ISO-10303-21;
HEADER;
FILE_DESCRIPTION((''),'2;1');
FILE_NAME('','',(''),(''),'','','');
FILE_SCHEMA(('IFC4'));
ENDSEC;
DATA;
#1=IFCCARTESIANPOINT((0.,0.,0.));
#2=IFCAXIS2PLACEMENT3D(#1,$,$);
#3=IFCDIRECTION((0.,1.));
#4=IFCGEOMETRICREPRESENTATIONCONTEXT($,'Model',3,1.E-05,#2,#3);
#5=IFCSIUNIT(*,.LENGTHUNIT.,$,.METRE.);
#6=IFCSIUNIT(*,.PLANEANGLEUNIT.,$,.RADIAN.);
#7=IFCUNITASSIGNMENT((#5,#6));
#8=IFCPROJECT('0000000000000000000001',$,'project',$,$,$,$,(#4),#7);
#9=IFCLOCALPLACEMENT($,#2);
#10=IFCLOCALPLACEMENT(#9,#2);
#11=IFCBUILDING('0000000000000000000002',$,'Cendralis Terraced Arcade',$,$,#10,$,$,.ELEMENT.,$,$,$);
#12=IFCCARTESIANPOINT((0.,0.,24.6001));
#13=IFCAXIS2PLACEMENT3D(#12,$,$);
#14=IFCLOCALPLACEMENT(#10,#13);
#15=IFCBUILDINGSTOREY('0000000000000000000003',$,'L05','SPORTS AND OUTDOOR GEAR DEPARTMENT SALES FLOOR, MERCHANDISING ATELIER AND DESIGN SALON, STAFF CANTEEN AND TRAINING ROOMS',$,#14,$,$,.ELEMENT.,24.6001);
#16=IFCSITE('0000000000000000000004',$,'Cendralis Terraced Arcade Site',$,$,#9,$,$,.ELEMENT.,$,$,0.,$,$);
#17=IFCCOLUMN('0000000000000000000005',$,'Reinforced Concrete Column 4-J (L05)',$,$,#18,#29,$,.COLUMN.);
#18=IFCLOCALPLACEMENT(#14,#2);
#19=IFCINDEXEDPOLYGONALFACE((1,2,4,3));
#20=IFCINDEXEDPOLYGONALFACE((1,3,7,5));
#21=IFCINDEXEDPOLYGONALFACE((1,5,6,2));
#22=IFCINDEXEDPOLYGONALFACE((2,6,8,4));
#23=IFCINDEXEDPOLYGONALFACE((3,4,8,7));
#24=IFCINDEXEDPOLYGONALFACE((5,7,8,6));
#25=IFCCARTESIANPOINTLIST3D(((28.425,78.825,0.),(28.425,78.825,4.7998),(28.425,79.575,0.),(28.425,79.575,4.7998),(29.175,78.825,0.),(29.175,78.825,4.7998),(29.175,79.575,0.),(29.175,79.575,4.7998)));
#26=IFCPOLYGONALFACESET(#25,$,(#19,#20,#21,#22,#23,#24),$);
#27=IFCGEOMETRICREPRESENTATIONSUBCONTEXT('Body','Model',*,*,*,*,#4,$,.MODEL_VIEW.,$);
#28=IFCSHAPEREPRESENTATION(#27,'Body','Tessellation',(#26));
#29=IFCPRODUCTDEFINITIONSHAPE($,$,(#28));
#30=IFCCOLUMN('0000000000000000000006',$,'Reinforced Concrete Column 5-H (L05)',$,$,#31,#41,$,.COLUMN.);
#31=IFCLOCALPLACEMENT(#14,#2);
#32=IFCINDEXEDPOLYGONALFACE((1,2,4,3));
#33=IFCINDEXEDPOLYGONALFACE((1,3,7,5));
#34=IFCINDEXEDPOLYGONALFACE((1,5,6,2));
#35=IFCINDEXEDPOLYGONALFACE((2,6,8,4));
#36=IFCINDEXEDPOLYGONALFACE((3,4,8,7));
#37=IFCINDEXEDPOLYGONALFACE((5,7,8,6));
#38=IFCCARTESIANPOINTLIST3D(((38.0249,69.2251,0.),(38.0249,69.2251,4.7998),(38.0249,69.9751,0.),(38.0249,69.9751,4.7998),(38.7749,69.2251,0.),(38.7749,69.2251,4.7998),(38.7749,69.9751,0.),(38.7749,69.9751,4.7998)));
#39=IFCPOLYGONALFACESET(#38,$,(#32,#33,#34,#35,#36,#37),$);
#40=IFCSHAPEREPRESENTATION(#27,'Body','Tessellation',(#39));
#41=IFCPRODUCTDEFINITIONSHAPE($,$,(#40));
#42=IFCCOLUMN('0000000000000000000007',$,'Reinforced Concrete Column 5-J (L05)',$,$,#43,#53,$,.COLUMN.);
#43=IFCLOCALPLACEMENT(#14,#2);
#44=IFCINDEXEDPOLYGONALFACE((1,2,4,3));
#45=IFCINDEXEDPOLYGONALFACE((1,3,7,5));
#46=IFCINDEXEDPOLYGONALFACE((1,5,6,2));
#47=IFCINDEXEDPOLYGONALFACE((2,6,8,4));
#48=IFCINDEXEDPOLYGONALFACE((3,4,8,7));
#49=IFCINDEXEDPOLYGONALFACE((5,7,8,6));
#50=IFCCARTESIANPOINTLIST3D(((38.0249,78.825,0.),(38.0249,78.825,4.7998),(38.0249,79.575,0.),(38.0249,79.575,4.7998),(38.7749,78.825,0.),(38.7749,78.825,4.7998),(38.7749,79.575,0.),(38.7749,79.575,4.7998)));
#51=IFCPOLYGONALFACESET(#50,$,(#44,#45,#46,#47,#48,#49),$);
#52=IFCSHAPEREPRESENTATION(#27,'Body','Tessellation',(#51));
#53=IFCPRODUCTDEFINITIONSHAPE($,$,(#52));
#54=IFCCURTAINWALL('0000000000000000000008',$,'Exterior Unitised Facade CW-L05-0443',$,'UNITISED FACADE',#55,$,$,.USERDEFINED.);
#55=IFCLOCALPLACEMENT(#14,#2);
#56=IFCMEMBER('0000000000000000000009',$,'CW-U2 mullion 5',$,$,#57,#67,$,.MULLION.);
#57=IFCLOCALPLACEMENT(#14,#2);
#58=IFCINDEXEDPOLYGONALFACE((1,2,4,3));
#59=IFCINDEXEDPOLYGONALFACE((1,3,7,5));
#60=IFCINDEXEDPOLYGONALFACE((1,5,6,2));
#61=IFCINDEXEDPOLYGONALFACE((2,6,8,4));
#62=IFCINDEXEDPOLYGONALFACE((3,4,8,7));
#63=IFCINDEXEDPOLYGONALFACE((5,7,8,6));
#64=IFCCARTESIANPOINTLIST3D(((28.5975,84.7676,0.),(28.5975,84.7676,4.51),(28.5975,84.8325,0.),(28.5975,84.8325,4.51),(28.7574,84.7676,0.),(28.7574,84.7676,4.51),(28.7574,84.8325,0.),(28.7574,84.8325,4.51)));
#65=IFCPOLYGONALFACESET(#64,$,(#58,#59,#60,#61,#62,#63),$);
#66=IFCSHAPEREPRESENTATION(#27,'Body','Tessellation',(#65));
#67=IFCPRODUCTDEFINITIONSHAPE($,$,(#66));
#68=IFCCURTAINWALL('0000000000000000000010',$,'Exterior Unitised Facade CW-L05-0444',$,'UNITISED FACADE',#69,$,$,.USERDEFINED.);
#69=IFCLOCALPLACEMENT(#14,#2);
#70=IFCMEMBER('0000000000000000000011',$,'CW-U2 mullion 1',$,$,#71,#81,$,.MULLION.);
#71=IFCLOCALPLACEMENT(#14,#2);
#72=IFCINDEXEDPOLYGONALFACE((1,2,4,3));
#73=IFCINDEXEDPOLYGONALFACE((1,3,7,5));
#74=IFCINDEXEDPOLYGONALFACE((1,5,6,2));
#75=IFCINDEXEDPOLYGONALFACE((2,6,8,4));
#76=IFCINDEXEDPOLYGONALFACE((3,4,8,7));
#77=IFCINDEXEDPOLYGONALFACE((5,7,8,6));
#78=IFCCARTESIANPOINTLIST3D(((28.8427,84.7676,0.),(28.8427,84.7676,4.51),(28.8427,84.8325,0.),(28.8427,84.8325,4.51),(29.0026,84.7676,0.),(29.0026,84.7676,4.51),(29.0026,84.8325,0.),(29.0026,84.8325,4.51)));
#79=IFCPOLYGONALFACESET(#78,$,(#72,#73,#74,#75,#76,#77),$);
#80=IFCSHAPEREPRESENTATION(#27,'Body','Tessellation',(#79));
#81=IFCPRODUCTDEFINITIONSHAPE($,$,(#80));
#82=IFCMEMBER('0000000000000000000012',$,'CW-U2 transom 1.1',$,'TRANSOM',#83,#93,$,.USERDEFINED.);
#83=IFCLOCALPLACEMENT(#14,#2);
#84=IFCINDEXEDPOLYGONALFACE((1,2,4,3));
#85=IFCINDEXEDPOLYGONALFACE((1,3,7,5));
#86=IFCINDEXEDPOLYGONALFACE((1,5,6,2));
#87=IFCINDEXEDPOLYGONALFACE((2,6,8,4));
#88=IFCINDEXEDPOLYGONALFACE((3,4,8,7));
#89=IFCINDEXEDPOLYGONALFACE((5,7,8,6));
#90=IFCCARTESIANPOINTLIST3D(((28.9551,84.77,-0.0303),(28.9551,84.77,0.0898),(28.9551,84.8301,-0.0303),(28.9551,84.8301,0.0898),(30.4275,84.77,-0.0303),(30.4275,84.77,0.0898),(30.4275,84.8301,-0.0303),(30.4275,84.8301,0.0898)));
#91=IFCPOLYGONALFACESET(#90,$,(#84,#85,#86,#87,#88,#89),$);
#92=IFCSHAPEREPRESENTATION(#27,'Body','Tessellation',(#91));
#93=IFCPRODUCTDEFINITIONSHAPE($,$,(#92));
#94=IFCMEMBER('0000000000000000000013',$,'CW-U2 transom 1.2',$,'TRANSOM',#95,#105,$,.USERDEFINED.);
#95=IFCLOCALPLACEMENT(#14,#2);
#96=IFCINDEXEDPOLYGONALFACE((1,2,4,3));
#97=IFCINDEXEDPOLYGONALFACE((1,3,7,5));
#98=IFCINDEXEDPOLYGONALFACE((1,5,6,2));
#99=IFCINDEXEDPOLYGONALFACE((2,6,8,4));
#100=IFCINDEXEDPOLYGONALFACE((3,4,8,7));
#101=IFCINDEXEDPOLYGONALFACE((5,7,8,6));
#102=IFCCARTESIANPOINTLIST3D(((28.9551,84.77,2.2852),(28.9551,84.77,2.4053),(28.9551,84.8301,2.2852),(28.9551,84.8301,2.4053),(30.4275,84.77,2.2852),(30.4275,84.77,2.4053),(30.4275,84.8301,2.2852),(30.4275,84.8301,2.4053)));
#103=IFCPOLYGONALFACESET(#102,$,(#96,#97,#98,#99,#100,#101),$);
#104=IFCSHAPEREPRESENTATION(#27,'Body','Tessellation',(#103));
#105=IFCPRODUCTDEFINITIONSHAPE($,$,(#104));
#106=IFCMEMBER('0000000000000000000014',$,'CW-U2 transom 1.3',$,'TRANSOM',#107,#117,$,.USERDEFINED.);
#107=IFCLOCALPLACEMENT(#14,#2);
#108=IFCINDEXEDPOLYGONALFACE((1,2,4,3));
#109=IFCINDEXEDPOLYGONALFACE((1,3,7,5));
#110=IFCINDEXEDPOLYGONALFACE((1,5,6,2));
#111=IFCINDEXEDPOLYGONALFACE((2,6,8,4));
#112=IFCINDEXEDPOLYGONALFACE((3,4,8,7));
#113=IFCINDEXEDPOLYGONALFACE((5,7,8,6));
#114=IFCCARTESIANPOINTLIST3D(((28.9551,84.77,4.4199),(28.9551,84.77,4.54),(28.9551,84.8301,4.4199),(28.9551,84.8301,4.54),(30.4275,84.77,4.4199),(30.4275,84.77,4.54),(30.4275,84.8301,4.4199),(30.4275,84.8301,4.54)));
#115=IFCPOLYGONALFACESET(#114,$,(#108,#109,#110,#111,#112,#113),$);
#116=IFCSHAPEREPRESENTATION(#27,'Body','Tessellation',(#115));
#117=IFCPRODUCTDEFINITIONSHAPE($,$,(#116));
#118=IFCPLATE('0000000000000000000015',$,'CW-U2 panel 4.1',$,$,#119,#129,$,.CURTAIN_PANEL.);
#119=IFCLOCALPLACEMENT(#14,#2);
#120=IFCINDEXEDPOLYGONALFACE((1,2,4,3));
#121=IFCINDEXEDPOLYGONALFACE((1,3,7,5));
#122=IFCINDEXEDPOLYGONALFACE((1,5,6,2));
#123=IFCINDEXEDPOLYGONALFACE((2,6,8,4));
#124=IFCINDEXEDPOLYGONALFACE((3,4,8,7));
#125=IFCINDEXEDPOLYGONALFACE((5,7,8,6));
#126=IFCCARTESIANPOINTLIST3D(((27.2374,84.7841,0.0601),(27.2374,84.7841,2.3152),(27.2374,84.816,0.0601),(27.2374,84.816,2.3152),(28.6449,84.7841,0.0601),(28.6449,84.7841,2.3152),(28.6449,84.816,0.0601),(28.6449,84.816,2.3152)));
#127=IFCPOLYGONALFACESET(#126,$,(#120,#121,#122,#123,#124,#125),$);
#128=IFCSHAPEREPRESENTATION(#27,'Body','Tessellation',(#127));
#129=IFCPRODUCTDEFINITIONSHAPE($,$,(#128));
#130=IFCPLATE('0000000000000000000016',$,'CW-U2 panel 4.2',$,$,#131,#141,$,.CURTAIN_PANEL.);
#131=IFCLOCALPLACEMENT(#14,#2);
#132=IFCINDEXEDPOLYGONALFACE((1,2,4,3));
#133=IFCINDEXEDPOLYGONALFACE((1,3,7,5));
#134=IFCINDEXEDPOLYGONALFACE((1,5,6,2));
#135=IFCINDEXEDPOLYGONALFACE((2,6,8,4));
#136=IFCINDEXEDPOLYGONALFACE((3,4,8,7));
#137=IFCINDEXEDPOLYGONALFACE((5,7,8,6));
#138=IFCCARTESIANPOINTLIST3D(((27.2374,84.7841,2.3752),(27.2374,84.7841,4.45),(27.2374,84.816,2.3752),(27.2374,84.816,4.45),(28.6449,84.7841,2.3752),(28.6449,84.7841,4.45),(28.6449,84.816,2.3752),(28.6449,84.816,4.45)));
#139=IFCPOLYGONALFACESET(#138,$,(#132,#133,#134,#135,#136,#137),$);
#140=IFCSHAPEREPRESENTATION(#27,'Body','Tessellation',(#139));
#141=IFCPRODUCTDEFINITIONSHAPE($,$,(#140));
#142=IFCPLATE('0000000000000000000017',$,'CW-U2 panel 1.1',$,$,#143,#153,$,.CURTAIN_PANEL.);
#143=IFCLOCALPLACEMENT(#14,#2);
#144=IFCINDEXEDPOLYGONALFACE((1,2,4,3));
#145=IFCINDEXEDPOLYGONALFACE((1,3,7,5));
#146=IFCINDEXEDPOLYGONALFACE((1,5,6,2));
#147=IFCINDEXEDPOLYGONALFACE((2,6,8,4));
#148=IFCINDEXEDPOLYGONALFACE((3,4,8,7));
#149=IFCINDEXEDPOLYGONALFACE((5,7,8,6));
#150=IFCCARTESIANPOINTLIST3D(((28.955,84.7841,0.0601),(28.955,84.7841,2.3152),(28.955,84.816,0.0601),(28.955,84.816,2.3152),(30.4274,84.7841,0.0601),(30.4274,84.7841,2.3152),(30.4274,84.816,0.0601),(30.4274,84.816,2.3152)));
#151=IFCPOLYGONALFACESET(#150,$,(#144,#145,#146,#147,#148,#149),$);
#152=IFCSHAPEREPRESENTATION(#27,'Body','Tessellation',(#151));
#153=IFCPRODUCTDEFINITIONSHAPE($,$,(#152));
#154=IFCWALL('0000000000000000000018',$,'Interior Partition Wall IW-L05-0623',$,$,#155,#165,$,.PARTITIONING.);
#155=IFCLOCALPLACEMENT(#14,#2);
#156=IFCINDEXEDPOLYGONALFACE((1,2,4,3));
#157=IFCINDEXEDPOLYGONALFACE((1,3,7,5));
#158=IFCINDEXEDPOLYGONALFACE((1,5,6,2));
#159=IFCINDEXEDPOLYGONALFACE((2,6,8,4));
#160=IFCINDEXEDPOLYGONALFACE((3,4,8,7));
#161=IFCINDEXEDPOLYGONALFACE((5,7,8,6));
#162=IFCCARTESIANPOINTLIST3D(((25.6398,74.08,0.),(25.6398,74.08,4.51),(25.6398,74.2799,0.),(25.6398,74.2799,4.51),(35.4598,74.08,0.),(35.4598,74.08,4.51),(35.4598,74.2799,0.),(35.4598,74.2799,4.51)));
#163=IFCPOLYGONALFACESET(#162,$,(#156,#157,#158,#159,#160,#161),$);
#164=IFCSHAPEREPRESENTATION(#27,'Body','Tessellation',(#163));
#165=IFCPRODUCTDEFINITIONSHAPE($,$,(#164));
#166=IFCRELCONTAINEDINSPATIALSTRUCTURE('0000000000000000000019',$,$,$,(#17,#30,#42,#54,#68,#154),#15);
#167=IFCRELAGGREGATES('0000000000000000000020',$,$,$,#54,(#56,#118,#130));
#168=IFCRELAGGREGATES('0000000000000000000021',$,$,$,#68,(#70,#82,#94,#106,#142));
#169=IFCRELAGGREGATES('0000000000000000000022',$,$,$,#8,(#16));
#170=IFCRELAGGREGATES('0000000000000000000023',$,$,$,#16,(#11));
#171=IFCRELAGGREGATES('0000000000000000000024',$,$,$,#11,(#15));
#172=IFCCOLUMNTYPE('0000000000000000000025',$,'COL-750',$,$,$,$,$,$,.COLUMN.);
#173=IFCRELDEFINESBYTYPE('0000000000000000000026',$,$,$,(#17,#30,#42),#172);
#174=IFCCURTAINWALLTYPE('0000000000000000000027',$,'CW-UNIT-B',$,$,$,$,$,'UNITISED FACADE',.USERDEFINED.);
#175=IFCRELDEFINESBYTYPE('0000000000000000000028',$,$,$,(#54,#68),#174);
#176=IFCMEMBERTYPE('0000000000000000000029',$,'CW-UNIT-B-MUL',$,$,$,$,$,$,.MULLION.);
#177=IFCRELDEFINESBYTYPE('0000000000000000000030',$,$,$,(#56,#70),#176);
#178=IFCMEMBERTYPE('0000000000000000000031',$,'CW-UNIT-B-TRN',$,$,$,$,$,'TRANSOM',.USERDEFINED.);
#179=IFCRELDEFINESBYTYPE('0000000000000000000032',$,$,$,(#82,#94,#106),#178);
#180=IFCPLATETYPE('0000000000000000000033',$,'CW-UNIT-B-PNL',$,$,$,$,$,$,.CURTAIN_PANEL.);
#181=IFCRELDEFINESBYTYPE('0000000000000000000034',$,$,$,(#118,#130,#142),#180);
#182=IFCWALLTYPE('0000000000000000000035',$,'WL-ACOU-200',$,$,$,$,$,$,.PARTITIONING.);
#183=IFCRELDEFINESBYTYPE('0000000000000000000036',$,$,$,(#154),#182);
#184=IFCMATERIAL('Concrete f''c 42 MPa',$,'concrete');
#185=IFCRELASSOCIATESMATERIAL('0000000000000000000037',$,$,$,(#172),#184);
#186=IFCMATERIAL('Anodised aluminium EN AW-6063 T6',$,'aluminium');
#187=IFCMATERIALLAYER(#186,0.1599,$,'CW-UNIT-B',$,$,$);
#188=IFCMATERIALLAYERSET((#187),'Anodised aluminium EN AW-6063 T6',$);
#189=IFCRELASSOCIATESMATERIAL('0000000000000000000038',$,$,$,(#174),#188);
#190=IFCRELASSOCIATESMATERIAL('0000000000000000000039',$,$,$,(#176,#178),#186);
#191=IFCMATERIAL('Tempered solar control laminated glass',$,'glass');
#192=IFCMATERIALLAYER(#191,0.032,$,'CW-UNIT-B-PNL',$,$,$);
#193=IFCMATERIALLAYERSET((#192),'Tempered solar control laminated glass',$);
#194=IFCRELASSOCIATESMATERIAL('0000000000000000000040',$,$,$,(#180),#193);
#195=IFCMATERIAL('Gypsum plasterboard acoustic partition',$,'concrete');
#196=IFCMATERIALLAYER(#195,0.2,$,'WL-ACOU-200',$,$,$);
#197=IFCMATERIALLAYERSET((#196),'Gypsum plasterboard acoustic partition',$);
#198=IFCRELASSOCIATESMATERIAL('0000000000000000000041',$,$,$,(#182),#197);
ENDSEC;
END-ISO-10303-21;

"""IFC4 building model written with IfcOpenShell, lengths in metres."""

from ifc_helpers import new_model, si_unit, direction, frame, frame_2d, origin, origin_2d, place, context, subcontext, project, spatial, rectangle, extrude, material, layer, layer_set, material_profile, profile_set, type_object, element, aggregate, save


model = new_model("IFC4")

# Units and contexts
model_context = context("Model", 3, precision=1e-05, world=origin(), true_north=direction((0.0, 1.0)))
body_context = subcontext(model_context, "Body", "Model", "MODEL_VIEW")
ifc_project = project(units=[si_unit("LENGTHUNIT", "METRE"), si_unit("PLANEANGLEUNIT", "RADIAN")], contexts=[model_context])

# Site, building, storey
site_placement = place(None, origin())
site = spatial("IfcSite", under=ifc_project, at=site_placement, Name="Cendralis Terraced Arcade Site", CompositionType="ELEMENT", RefElevation=0.0)
building_placement = place(site_placement, origin())
building = spatial("IfcBuilding", under=site, at=building_placement, Name="Cendralis Terraced Arcade", CompositionType="ELEMENT")
storey_placement = place(building_placement, frame((0.0, 0.0, 24.6001)))
storey = spatial("IfcBuildingStorey", under=building, at=storey_placement, Name="L05", Description="SPORTS AND OUTDOOR GEAR DEPARTMENT SALES FLOOR, MERCHANDISING ATELIER AND DESIGN SALON, STAFF CANTEEN AND TRAINING ROOMS", CompositionType="ELEMENT", Elevation=24.6001)

# Columns
ifc_material_1 = material(Name="Concrete f'c 42 MPa", Category="concrete")
ifc_material_profile_1 = material_profile(ifc_material_1, rectangle(XDim=0.75, YDim=0.75, at=origin_2d()), Name="RC-COL-750x750", Category="LoadBearing")
ifc_profile_set_1 = profile_set([ifc_material_profile_1], Name="Concrete f'c 42 MPa")
column_type = type_object("IfcColumnType", Name="COL-750", PredefinedType="COLUMN", material=ifc_profile_set_1)
for number, where, z_axis, x_axis, name in (
    (1, (28.8, 79.2, 0.0), (0.0, 0.0, 1.0), (1.0, 0.0, 0.0), "Reinforced Concrete Column 4-J (L05)"),
    (2, (38.3999, 69.6001, 0.0), (0.0, 0.0, 1.0), (1.0, 0.0, 0.0), "Reinforced Concrete Column 5-H (L05)"),
    (3, (38.3999, 79.2, 0.0), (0.0, 0.0, 1.0), (1.0, 0.0, 0.0), "Reinforced Concrete Column 5-J (L05)"),
):
    element("IfcColumn", number, at=place(storey_placement, frame(where, z_axis=z_axis, x_axis=x_axis)), inside=storey, type_object=column_type, Name=name, PredefinedType="COLUMN", context=body_context, shape_type="SweptSolid", body=[
        extrude(rectangle(XDim=0.75, YDim=0.75, at=origin_2d()), origin(), (0.0, 0.0, 1.0), 4.7998),
    ])

# Curtain wall, member
ifc_material_2 = material(Name="Anodised aluminium EN AW-6063 T6", Category="aluminium")
ifc_layer_1 = layer(ifc_material_2, 0.1599, Name="CW-UNIT-B")
ifc_layer_set_1 = layer_set([ifc_layer_1], Name="Anodised aluminium EN AW-6063 T6")
curtain_wall_type = type_object("IfcCurtainWallType", Name="CW-UNIT-B", ElementType="UNITISED FACADE", PredefinedType="USERDEFINED", material=ifc_layer_set_1)
curtain_wall_1_placement = place(storey_placement, origin())
curtain_wall_1 = element("IfcCurtainWall", 4, at=curtain_wall_1_placement, inside=storey, type_object=curtain_wall_type, Name="Exterior Unitised Facade CW-L05-0443", ObjectType="UNITISED FACADE", PredefinedType="USERDEFINED")
ifc_material_profile_2 = material_profile(ifc_material_2, rectangle(XDim=0.0649, YDim=0.1599, at=origin_2d()), Name="ALU-MUL-65x160")
ifc_profile_set_2 = profile_set([ifc_material_profile_2], Name="Anodised aluminium EN AW-6063 T6")
member_type_1 = type_object("IfcMemberType", Name="CW-UNIT-B-MUL", PredefinedType="MULLION", material=ifc_profile_set_2)
member_1_placement = place(storey_placement, frame((28.6775, 84.8, 0.0), z_axis=(0.0, 0.0, 1.0), x_axis=(0.0, 1.0, 0.0)))
member_1 = element("IfcMember", 5, at=member_1_placement, type_object=member_type_1, Name="CW-U2 mullion 5", PredefinedType="MULLION", context=body_context, shape_type="SweptSolid", body=[
    extrude(rectangle(XDim=0.0649, YDim=0.1599, at=origin_2d()), origin(), (0.0, 0.0, 1.0), 4.51),
])

# Curtain wall, members
curtain_wall_2_placement = place(storey_placement, origin())
curtain_wall_2 = element("IfcCurtainWall", 6, at=curtain_wall_2_placement, inside=storey, type_object=curtain_wall_type, Name="Exterior Unitised Facade CW-L05-0444", ObjectType="UNITISED FACADE", PredefinedType="USERDEFINED")
member_2_placement = place(storey_placement, frame((28.9226, 84.8, 0.0), z_axis=(0.0, 0.0, 1.0), x_axis=(0.0, 1.0, 0.0)))
member_2 = element("IfcMember", 7, at=member_2_placement, type_object=member_type_1, Name="CW-U2 mullion 1", PredefinedType="MULLION", context=body_context, shape_type="SweptSolid", body=[
    extrude(rectangle(XDim=0.0649, YDim=0.1599, at=origin_2d()), origin(), (0.0, 0.0, 1.0), 4.51),
])
ifc_material_profile_3 = material_profile(ifc_material_2, rectangle(XDim=0.0601, YDim=0.1201, at=origin_2d()), Name="ALU-TRN-60x120")
ifc_profile_set_3 = profile_set([ifc_material_profile_3], Name="Anodised aluminium EN AW-6063 T6")
member_type_2 = type_object("IfcMemberType", Name="CW-UNIT-B-TRN", ElementType="TRANSOM", PredefinedType="USERDEFINED", material=ifc_profile_set_3)
member_3_placement = place(storey_placement, frame((28.9551, 84.8, 0.0298), z_axis=(1.0, 0.0, 0.0), x_axis=(0.0, 1.0, 0.0)))
member_3 = element("IfcMember", 8, at=member_3_placement, type_object=member_type_2, Name="CW-U2 transom 1.1", ObjectType="TRANSOM", PredefinedType="USERDEFINED", context=body_context, shape_type="SweptSolid", body=[
    extrude(rectangle(XDim=0.0601, YDim=0.1201, at=origin_2d()), origin(), (0.0, 0.0, 1.0), 1.4724),
])
member_4_placement = place(storey_placement, frame((28.9551, 84.8, 2.3452), z_axis=(1.0, 0.0, 0.0), x_axis=(0.0, 1.0, 0.0)))
member_4 = element("IfcMember", 9, at=member_4_placement, type_object=member_type_2, Name="CW-U2 transom 1.2", ObjectType="TRANSOM", PredefinedType="USERDEFINED", context=body_context, shape_type="SweptSolid", body=[
    extrude(rectangle(XDim=0.0601, YDim=0.1201, at=origin_2d()), origin(), (0.0, 0.0, 1.0), 1.4724),
])
member_5_placement = place(storey_placement, frame((28.9551, 84.8, 4.48), z_axis=(1.0, 0.0, 0.0), x_axis=(0.0, 1.0, 0.0)))
member_5 = element("IfcMember", 10, at=member_5_placement, type_object=member_type_2, Name="CW-U2 transom 1.3", ObjectType="TRANSOM", PredefinedType="USERDEFINED", context=body_context, shape_type="SweptSolid", body=[
    extrude(rectangle(XDim=0.0601, YDim=0.1201, at=origin_2d()), origin(), (0.0, 0.0, 1.0), 1.4724),
])

# Plates
ifc_material_3 = material(Name="Tempered solar control laminated glass", Category="glass")
ifc_layer_2 = layer(ifc_material_3, 0.032, Name="CW-UNIT-B-PNL")
ifc_layer_set_2 = layer_set([ifc_layer_2], Name="Tempered solar control laminated glass")
plate_type = type_object("IfcPlateType", Name="CW-UNIT-B-PNL", PredefinedType="CURTAIN_PANEL", material=ifc_layer_set_2)
plate_1_placement = place(storey_placement, frame((27.9412, 84.8, 0.0601), z_axis=(0.0, 0.0, 1.0), x_axis=(1.0, 0.0, 0.0)))
plate_1 = element("IfcPlate", 11, at=plate_1_placement, type_object=plate_type, Name="CW-U2 panel 4.1", PredefinedType="CURTAIN_PANEL", context=body_context, shape_type="SweptSolid", body=[
    extrude(rectangle(XDim=1.4075, YDim=0.032, at=origin_2d()), origin(), (0.0, 0.0, 1.0), 2.2551),
])
plate_2_placement = place(storey_placement, frame((27.9412, 84.8, 2.3752), z_axis=(0.0, 0.0, 1.0), x_axis=(1.0, 0.0, 0.0)))
plate_2 = element("IfcPlate", 12, at=plate_2_placement, type_object=plate_type, Name="CW-U2 panel 4.2", PredefinedType="CURTAIN_PANEL", context=body_context, shape_type="SweptSolid", body=[
    extrude(rectangle(XDim=1.4075, YDim=0.032, at=origin_2d()), origin(), (0.0, 0.0, 1.0), 2.0747),
])
aggregate(curtain_wall_1, [member_1, plate_1, plate_2])
plate_3_placement = place(storey_placement, frame((29.6912, 84.8, 0.0601), z_axis=(0.0, 0.0, 1.0), x_axis=(1.0, 0.0, 0.0)))
plate_3 = element("IfcPlate", 13, at=plate_3_placement, type_object=plate_type, Name="CW-U2 panel 1.1", PredefinedType="CURTAIN_PANEL", context=body_context, shape_type="SweptSolid", body=[
    extrude(rectangle(XDim=1.4724, YDim=0.032, at=origin_2d()), origin(), (0.0, 0.0, 1.0), 2.2551),
])
aggregate(curtain_wall_2, [member_2, member_3, member_4, member_5, plate_3])

# Wall
ifc_material_4 = material(Name="Gypsum plasterboard acoustic partition", Category="concrete")
ifc_layer_3 = layer(ifc_material_4, 0.2, Name="WL-ACOU-200")
ifc_layer_set_3 = layer_set([ifc_layer_3], Name="Gypsum plasterboard acoustic partition")
wall_type_1 = type_object("IfcWallType", Name="WL-ACOU-200", PredefinedType="PARTITIONING", material=ifc_layer_set_3)
wall_1_placement = place(storey_placement, frame((35.46, 74.1799, 0.0), z_axis=(0.0, 0.0, 1.0), x_axis=(-1.0, 0.0, 0.0)))
element("IfcWall", 14, at=wall_1_placement, inside=storey, type_object=wall_type_1, Name="Interior Partition Wall IW-L05-0623", PredefinedType="PARTITIONING", context=body_context, shape_type="SweptSolid", body=[
    extrude(rectangle(XDim=9.8201, YDim=0.2, at=frame_2d((4.9102, 0.0))), origin(), (0.0, 0.0, 1.0), 4.51),
])

save(model, "model.ifc")
